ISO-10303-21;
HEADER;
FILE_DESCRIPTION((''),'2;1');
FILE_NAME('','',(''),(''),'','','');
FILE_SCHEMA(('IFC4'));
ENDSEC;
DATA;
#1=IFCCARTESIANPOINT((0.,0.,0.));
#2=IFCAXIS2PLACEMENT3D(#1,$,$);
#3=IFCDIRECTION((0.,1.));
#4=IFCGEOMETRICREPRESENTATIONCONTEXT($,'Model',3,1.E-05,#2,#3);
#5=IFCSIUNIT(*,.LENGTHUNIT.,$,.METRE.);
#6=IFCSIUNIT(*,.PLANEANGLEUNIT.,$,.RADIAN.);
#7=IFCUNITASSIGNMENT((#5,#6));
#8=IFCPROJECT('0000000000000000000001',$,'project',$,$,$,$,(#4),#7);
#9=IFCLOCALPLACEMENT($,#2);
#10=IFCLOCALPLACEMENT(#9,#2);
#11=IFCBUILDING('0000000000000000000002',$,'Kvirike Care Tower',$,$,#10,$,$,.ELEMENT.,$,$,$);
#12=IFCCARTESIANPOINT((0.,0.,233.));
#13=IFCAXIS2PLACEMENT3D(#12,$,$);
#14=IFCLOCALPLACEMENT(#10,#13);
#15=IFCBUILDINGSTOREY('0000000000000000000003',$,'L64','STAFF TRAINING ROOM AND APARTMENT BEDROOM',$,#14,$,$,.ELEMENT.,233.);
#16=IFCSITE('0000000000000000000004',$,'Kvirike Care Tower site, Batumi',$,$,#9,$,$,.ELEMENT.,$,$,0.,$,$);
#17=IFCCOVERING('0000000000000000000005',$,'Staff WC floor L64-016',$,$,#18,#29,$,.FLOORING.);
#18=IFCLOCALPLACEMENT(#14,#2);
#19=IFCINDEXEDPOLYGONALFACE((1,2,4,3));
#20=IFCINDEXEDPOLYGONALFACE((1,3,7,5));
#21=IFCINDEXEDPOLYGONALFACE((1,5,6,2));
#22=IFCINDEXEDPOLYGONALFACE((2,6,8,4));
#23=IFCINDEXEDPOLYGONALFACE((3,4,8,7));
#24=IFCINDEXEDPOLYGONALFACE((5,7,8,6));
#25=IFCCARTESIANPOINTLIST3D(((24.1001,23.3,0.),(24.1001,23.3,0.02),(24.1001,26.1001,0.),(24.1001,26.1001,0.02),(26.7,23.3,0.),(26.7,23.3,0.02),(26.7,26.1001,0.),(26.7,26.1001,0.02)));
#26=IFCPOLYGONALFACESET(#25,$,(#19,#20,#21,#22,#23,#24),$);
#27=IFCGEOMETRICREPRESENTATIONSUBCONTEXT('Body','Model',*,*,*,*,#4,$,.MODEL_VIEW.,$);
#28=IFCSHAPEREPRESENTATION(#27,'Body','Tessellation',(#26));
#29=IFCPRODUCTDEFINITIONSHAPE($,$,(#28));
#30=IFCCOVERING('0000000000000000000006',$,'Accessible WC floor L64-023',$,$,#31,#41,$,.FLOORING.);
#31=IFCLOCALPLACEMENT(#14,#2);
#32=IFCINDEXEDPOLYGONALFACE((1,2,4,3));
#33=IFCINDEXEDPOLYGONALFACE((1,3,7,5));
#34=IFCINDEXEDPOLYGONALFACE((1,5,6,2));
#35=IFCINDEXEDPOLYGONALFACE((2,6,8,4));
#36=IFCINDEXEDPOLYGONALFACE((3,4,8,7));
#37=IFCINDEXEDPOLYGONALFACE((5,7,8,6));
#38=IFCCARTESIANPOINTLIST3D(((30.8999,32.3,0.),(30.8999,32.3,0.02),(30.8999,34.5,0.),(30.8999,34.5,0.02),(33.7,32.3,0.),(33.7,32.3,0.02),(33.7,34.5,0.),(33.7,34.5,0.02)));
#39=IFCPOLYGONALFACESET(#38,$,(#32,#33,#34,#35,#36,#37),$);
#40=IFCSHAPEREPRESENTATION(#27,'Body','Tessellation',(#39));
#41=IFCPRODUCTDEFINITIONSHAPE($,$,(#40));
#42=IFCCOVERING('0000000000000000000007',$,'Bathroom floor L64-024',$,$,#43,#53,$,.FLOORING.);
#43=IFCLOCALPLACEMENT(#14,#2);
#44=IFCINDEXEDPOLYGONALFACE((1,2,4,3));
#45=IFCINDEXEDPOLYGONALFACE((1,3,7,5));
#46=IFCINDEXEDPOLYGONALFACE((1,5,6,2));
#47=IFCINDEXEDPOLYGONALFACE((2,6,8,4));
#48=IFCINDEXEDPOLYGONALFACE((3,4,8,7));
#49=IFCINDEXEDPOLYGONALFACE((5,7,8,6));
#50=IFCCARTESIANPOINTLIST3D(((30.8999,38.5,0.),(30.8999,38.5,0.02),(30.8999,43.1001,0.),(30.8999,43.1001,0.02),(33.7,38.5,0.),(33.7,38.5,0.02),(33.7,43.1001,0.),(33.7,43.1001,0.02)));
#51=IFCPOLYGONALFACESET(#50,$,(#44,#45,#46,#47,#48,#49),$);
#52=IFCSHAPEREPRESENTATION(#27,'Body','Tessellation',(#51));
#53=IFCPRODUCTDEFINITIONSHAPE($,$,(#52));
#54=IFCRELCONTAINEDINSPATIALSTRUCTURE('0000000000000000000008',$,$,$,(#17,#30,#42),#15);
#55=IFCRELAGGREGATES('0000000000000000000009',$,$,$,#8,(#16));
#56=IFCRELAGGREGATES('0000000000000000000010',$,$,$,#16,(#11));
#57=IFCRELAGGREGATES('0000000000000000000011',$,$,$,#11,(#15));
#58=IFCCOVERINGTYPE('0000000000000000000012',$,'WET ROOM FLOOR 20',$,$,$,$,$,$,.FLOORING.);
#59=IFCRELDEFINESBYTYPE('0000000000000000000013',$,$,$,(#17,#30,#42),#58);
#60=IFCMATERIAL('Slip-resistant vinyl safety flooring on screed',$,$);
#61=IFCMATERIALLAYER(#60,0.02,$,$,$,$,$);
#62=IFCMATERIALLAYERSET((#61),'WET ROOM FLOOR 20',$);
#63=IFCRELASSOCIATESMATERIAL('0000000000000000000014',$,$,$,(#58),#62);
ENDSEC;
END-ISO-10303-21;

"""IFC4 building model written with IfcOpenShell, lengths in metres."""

from ifc_helpers import new_model, si_unit, direction, frame, origin, place, context, subcontext, project, spatial, polyline, outline, extrude, material, layer, layer_set, type_object, element, save


model = new_model("IFC4")

# Units and contexts
model_context = context("Model", 3, precision=1e-05, world=origin(), true_north=direction((0.0, 1.0)))
body_context = subcontext(model_context, "Body", "Model", "MODEL_VIEW")
ifc_project = project(units=[si_unit("LENGTHUNIT", "METRE"), si_unit("PLANEANGLEUNIT", "RADIAN")], contexts=[model_context])

# Site, building, storey
site_placement = place(None, origin())
site = spatial("IfcSite", under=ifc_project, at=site_placement, Name="Kvirike Care Tower site, Batumi", CompositionType="ELEMENT", RefElevation=0.0)
building_placement = place(site_placement, origin())
building = spatial("IfcBuilding", under=site, at=building_placement, Name="Kvirike Care Tower", CompositionType="ELEMENT")
storey_placement = place(building_placement, frame((0.0, 0.0, 233.0)))
storey = spatial("IfcBuildingStorey", under=building, at=storey_placement, Name="L64", Description="STAFF TRAINING ROOM AND APARTMENT BEDROOM", CompositionType="ELEMENT", Elevation=233.0)

# Coverings
ifc_material_1 = material(Name="Slip-resistant vinyl safety flooring on screed")
ifc_layer_1 = layer(ifc_material_1, 0.02)
ifc_layer_set_1 = layer_set([ifc_layer_1], Name="WET ROOM FLOOR 20")
covering_type_1 = type_object("IfcCoveringType", Name="WET ROOM FLOOR 20", PredefinedType="FLOORING", material=ifc_layer_set_1)
covering_1_placement = place(storey_placement, origin())
element("IfcCovering", 1, at=covering_1_placement, inside=storey, type_object=covering_type_1, Name="Staff WC floor L64-016", PredefinedType="FLOORING", context=body_context, shape_type="SweptSolid", body=[
    extrude(outline(polyline([(24.1001, 23.3), (24.1001, 26.1001), (26.7, 26.1001), (26.7, 23.3), (24.1001, 23.3)])), origin(), (0.0, 0.0, 1.0), 0.02),
])
covering_2_placement = place(storey_placement, origin())
element("IfcCovering", 2, at=covering_2_placement, inside=storey, type_object=covering_type_1, Name="Accessible WC floor L64-023", PredefinedType="FLOORING", context=body_context, shape_type="SweptSolid", body=[
    extrude(outline(polyline([(33.7, 32.3), (30.8999, 32.3), (30.8999, 34.5), (33.7, 34.5), (33.7, 32.3)])), origin(), (0.0, 0.0, 1.0), 0.02),
])
covering_3_placement = place(storey_placement, origin())
element("IfcCovering", 3, at=covering_3_placement, inside=storey, type_object=covering_type_1, Name="Bathroom floor L64-024", PredefinedType="FLOORING", context=body_context, shape_type="SweptSolid", body=[
    extrude(outline(polyline([(33.7, 38.5), (30.8999, 38.5), (30.8999, 43.1001), (33.7, 43.1001), (33.7, 38.5)])), origin(), (0.0, 0.0, 1.0), 0.02),
])

save(model, "model.ifc")
